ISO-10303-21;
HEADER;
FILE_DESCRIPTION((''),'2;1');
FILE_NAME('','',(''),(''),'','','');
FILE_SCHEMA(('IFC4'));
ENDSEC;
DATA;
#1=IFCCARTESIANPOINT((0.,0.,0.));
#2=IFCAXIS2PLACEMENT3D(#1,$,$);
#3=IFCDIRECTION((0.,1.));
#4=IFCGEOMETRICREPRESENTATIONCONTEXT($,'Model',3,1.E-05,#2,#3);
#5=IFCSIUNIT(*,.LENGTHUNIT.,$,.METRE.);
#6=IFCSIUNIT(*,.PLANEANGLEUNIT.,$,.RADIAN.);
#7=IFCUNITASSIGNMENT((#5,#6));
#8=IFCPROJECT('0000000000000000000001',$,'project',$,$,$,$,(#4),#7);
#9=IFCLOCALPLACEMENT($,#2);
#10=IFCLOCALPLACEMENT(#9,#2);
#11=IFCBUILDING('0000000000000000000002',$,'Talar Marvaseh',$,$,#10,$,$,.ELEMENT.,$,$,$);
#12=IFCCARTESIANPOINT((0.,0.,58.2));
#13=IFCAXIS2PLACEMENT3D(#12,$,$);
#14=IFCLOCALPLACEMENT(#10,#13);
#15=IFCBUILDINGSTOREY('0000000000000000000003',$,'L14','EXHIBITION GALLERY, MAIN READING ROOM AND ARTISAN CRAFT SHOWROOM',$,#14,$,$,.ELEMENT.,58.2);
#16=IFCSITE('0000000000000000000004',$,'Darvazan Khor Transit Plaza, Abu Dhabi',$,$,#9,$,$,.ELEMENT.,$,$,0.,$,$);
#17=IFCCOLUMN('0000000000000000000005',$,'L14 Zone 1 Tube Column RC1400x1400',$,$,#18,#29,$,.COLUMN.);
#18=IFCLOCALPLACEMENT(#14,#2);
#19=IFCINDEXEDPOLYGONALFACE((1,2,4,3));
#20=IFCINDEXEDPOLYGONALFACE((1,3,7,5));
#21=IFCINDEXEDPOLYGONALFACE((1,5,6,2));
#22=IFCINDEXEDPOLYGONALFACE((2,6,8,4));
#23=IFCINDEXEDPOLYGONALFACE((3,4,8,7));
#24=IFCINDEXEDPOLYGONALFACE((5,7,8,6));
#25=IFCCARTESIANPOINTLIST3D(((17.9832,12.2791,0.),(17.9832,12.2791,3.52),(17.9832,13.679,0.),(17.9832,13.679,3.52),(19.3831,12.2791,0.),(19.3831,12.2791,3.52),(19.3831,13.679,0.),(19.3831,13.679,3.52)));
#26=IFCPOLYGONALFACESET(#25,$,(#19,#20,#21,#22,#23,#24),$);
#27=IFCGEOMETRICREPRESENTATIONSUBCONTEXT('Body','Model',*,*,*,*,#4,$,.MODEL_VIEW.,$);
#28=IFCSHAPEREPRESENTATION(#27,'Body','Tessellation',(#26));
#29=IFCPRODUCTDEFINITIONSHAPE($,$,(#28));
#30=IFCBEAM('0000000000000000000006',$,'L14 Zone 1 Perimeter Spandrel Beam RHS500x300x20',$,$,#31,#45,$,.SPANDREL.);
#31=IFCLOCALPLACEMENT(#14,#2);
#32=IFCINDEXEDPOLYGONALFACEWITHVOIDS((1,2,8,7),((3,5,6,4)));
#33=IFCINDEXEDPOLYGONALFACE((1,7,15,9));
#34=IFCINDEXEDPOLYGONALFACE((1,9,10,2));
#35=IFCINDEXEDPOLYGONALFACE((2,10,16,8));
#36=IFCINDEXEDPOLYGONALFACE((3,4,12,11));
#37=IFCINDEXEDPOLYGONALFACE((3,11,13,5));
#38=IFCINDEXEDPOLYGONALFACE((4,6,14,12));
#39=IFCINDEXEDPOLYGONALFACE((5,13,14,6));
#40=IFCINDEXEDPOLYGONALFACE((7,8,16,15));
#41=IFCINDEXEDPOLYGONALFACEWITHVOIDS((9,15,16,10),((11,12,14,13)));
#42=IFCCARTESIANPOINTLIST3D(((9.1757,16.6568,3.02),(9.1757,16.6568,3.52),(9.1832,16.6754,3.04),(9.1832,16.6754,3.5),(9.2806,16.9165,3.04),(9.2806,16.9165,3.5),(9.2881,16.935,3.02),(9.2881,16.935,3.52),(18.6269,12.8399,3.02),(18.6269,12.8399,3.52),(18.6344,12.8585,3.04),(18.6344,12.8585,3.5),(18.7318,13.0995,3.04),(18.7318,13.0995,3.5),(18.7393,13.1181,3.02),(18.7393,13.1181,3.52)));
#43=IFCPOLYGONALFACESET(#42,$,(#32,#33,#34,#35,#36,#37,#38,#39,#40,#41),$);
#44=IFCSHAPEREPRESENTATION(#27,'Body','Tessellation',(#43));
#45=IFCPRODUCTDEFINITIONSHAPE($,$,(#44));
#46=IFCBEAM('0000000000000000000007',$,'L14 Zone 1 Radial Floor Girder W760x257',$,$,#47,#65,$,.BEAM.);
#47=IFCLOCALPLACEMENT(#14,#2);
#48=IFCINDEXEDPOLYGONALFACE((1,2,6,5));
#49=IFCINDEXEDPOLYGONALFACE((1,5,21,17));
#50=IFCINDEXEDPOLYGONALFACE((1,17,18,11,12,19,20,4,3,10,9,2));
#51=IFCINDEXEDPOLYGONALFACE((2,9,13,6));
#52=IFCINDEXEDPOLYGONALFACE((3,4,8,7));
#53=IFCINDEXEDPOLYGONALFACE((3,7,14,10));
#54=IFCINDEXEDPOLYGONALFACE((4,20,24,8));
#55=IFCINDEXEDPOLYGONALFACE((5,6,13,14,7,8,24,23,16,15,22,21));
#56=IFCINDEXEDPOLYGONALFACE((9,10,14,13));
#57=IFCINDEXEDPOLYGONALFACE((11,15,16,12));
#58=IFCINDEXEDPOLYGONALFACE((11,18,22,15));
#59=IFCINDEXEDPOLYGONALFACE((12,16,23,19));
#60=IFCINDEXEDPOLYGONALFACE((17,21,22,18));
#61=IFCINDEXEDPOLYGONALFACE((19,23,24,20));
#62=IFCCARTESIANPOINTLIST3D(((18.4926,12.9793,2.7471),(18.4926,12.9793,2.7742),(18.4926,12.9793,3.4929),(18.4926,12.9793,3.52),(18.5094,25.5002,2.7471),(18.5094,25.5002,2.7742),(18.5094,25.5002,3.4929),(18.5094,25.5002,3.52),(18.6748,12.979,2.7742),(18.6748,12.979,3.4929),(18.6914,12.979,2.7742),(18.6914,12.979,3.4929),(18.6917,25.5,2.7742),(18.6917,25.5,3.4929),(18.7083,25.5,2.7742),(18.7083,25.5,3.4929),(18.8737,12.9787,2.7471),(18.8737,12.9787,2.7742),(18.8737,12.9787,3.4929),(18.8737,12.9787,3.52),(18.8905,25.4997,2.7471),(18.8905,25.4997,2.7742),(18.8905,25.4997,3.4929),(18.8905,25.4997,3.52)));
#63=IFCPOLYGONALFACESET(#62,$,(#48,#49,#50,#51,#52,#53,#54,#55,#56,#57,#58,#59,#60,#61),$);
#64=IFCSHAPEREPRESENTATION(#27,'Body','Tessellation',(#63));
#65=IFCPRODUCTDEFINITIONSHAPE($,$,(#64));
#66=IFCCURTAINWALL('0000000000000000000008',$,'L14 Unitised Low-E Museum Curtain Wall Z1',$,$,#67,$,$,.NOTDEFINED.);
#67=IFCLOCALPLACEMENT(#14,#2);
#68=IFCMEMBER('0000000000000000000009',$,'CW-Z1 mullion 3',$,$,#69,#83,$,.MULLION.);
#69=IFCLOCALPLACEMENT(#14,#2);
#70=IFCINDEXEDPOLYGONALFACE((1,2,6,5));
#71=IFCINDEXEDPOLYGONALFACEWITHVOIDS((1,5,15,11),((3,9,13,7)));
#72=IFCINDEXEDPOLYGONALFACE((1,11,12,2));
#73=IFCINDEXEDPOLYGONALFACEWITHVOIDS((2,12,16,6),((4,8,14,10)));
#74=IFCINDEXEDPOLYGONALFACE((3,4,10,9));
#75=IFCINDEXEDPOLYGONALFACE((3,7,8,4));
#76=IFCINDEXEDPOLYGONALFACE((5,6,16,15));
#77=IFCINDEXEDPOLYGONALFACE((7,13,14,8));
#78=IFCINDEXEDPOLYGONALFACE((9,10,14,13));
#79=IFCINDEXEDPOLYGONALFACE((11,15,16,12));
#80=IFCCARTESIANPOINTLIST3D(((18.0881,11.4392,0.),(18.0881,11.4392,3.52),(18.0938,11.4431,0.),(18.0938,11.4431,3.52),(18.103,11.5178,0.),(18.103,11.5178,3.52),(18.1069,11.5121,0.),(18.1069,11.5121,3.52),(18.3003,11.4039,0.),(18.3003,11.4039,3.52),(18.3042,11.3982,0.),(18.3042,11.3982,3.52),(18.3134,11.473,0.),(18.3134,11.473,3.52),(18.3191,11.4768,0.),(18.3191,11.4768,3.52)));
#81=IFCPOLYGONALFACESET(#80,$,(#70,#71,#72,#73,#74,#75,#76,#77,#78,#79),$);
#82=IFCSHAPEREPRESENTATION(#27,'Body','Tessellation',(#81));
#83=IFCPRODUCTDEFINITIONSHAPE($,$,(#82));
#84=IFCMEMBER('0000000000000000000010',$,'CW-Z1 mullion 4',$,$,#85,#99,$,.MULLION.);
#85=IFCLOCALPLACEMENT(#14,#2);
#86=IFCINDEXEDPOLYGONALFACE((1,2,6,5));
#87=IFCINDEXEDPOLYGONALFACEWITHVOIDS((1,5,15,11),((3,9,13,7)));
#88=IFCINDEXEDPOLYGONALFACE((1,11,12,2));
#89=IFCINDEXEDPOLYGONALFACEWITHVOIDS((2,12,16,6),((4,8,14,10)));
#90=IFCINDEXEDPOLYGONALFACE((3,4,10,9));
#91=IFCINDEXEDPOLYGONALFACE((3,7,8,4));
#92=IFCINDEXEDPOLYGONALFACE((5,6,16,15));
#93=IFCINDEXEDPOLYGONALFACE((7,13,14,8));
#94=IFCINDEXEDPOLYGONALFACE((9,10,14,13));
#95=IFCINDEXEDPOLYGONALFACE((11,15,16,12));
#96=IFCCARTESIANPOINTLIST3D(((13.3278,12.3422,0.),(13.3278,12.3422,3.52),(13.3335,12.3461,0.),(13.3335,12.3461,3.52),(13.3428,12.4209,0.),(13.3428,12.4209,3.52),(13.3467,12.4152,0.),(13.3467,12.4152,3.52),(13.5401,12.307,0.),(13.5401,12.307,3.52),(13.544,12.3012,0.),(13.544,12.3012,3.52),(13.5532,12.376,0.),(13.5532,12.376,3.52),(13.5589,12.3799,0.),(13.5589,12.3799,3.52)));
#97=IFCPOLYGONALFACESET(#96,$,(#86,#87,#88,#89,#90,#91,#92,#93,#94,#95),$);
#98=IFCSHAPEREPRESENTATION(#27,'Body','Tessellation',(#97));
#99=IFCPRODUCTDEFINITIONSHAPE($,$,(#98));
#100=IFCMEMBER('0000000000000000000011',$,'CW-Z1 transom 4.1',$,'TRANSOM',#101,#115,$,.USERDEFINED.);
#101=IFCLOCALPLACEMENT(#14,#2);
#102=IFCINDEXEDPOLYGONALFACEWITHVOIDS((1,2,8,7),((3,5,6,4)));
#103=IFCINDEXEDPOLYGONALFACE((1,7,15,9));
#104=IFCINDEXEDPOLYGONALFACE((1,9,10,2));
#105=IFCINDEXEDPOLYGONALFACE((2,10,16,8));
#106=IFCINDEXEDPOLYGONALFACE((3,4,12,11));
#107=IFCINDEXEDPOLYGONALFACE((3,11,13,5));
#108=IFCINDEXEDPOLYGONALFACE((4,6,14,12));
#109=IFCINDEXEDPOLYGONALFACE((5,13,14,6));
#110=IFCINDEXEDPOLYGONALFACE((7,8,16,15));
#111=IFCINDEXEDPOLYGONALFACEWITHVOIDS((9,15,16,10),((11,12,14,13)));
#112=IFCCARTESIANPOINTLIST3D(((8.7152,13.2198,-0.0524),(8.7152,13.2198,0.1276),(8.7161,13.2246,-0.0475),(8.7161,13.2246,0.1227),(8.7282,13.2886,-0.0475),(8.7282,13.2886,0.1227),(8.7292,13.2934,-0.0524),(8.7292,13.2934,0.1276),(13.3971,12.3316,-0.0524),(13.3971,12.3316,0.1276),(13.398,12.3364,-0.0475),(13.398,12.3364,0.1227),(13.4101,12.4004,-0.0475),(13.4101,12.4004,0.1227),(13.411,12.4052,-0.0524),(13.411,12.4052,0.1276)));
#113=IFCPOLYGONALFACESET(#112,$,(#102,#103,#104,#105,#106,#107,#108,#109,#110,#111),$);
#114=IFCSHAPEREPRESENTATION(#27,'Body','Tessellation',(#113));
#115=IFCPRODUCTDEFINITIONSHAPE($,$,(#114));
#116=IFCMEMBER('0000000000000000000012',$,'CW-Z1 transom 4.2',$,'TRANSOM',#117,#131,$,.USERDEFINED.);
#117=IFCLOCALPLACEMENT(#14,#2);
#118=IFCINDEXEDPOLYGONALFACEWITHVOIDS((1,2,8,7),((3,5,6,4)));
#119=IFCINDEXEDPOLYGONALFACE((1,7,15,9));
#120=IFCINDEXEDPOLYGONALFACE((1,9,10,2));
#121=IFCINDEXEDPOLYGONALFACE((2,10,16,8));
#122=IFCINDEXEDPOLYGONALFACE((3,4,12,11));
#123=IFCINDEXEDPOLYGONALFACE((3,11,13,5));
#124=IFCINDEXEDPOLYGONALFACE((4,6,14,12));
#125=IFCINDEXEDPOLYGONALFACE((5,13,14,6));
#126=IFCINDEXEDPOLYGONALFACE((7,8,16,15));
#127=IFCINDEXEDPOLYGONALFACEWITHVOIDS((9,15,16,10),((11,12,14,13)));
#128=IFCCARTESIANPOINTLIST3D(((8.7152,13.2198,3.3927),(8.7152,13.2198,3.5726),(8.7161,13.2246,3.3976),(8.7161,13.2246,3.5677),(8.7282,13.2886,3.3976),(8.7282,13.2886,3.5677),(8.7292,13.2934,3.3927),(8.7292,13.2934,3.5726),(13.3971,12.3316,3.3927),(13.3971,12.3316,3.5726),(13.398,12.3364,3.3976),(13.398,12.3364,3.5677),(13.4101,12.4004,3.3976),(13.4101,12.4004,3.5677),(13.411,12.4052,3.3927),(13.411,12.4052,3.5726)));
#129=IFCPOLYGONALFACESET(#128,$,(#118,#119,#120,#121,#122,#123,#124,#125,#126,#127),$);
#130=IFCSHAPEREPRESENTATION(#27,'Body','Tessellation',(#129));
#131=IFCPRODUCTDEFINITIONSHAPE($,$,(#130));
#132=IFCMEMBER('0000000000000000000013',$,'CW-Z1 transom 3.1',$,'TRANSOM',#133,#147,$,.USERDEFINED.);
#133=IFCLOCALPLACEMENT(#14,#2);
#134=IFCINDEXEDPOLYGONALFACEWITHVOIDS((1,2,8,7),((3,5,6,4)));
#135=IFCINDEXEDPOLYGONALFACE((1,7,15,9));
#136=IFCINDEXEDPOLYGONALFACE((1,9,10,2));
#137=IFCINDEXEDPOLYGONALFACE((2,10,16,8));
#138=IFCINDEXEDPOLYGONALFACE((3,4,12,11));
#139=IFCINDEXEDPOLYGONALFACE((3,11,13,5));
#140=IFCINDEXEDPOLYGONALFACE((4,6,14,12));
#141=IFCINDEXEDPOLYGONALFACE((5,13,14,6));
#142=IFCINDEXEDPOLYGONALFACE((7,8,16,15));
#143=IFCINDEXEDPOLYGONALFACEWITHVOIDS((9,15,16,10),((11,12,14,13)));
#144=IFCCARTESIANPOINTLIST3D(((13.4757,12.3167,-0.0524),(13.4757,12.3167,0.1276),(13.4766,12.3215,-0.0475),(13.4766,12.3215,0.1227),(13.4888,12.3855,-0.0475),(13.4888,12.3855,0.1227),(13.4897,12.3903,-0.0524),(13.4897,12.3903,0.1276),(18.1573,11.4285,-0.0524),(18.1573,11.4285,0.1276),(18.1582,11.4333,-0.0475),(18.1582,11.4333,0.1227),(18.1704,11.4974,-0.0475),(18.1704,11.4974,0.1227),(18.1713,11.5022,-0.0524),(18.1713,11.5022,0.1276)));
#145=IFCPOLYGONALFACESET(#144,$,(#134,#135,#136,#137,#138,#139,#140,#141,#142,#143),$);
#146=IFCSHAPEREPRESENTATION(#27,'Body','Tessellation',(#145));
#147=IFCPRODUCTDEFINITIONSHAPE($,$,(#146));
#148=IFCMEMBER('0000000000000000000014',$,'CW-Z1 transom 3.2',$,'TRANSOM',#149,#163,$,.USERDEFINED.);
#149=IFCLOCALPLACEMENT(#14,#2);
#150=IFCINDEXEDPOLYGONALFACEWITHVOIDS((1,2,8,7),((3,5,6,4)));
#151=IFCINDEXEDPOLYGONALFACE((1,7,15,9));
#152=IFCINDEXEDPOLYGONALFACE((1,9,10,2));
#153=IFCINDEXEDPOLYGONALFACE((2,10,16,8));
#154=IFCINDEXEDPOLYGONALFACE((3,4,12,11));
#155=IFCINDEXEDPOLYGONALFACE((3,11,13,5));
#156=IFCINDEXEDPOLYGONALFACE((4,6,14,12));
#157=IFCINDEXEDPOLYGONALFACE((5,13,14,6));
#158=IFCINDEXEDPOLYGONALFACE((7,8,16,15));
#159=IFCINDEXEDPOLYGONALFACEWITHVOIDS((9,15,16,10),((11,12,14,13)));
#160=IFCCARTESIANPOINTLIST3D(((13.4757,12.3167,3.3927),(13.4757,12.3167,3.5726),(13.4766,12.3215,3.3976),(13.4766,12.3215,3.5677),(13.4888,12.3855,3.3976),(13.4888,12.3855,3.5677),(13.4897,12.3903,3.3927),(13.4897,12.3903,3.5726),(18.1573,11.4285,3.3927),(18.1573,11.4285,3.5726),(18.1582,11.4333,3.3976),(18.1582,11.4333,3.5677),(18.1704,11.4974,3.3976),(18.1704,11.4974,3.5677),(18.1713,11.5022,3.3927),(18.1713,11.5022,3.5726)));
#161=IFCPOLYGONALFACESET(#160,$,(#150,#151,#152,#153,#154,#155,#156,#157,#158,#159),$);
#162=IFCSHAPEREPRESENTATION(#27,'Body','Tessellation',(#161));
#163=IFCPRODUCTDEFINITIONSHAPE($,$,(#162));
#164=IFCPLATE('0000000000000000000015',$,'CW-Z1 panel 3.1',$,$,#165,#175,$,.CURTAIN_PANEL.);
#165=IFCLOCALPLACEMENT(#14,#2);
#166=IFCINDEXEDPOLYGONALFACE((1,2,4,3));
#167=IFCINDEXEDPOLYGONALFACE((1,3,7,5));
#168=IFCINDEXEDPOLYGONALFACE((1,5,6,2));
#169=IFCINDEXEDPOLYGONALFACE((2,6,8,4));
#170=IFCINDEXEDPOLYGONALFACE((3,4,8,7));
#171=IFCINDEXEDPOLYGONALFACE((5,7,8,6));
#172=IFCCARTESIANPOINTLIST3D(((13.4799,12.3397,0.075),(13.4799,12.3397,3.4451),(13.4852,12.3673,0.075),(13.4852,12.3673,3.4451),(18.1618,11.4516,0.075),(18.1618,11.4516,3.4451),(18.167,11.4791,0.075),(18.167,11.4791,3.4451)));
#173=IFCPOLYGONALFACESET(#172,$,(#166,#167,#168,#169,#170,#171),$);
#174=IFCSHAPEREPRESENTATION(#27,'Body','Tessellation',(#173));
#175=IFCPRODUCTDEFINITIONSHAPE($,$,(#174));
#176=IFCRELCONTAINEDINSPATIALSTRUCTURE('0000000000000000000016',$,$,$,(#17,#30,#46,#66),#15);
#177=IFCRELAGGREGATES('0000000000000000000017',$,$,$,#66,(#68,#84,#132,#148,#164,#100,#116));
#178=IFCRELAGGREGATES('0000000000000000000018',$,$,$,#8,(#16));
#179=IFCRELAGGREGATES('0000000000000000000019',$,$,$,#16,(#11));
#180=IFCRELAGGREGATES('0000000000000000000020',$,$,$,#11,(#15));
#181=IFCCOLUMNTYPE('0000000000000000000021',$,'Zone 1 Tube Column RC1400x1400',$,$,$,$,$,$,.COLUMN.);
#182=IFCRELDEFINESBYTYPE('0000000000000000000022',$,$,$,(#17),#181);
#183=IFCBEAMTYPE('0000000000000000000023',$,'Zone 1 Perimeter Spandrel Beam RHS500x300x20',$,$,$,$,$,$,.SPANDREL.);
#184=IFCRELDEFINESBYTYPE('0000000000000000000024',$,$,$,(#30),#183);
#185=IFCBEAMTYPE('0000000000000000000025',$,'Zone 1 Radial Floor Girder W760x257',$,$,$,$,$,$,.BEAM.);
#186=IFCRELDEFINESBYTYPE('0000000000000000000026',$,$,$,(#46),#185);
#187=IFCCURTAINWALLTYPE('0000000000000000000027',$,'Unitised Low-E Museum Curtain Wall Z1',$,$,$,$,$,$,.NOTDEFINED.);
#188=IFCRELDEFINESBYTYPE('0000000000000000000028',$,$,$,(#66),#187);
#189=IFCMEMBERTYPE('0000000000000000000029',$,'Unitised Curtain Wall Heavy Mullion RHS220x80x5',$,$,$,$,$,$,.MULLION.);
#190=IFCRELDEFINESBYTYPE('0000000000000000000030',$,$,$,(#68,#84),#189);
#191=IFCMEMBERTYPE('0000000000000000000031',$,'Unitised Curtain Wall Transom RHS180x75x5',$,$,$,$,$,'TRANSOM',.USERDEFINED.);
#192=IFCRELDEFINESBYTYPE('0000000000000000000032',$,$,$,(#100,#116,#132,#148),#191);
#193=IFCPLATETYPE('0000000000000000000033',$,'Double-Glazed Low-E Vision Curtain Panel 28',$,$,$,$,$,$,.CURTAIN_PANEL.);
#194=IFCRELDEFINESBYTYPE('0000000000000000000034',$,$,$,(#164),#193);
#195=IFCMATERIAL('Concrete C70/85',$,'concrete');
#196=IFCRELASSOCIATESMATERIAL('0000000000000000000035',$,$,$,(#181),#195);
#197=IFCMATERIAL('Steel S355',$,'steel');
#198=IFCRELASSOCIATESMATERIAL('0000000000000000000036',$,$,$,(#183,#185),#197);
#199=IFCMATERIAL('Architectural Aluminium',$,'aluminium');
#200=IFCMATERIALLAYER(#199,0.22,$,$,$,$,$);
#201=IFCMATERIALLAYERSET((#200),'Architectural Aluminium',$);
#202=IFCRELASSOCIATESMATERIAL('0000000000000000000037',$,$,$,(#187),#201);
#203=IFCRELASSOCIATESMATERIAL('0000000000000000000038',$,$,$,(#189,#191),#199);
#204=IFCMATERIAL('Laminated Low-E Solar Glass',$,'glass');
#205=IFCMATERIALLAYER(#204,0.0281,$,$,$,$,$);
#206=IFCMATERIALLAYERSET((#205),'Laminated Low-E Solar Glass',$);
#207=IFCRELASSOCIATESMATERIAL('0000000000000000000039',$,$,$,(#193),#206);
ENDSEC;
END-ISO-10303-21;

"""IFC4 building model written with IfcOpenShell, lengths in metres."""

from ifc_helpers import new_model, si_unit, direction, frame, origin, origin_2d, place, context, subcontext, project, spatial, rectangle, hollow_rectangle, i_section, extrude, source, transform, mapped, material, layer, layer_set, material_profile, profile_set, type_object, type_shapes, element, aggregate, save


model = new_model("IFC4")

# Units and contexts
model_context = context("Model", 3, precision=1e-05, world=origin(), true_north=direction((0.0, 1.0)))
body_context = subcontext(model_context, "Body", "Model", "MODEL_VIEW")
ifc_project = project(units=[si_unit("LENGTHUNIT", "METRE"), si_unit("PLANEANGLEUNIT", "RADIAN")], contexts=[model_context])

# Site, building, storey
site_placement = place(None, origin())
site = spatial("IfcSite", under=ifc_project, at=site_placement, Name="Darvazan Khor Transit Plaza, Abu Dhabi", CompositionType="ELEMENT", RefElevation=0.0)
building_placement = place(site_placement, origin())
building = spatial("IfcBuilding", under=site, at=building_placement, Name="Talar Marvaseh", CompositionType="ELEMENT")
storey_placement = place(building_placement, frame((0.0, 0.0, 58.2)))
storey = spatial("IfcBuildingStorey", under=building, at=storey_placement, Name="L14", Description="EXHIBITION GALLERY, MAIN READING ROOM AND ARTISAN CRAFT SHOWROOM", CompositionType="ELEMENT", Elevation=58.2)

# Column
ifc_material_1 = material(Name="Concrete C70/85", Category="concrete")
ifc_material_profile_1 = material_profile(ifc_material_1, rectangle(XDim=1.3999, YDim=1.3999, at=origin_2d()), Name="RC1400x1400")
ifc_profile_set_1 = profile_set([ifc_material_profile_1], Name="Concrete C70/85")
column_type = type_object("IfcColumnType", Name="Zone 1 Tube Column RC1400x1400", PredefinedType="COLUMN", material=ifc_profile_set_1)
column_placement = place(storey_placement, frame((18.6831, 12.979, 0.0), z_axis=(0.0, 0.0, 1.0), x_axis=(1.0, 0.0, 0.0)))
element("IfcColumn", 1, at=column_placement, inside=storey, type_object=column_type, Name="L14 Zone 1 Tube Column RC1400x1400", PredefinedType="COLUMN", context=body_context, shape_type="SweptSolid", body=[
    extrude(rectangle(XDim=1.3999, YDim=1.3999, at=origin_2d()), origin(), (0.0, 0.0, 1.0), 3.52),
])

# Beams
ifc_material_2 = material(Name="Steel S355", Category="steel")
ifc_material_profile_2 = material_profile(ifc_material_2, hollow_rectangle(XDim=0.3, YDim=0.5, WallThickness=0.02, at=origin_2d()), Name="RHS500x300x20")
ifc_profile_set_2 = profile_set([ifc_material_profile_2], Name="Steel S355")
beam_type_1 = type_object("IfcBeamType", Name="Zone 1 Perimeter Spandrel Beam RHS500x300x20", PredefinedType="SPANDREL", material=ifc_profile_set_2)
beam_1_placement = place(storey_placement, frame((18.6831, 12.979, 3.27), z_axis=(-0.927239, 0.374469, 0.0), x_axis=(-0.374469, -0.927239, 0.0)))
element("IfcBeam", 2, at=beam_1_placement, inside=storey, type_object=beam_type_1, Name="L14 Zone 1 Perimeter Spandrel Beam RHS500x300x20", PredefinedType="SPANDREL", context=body_context, shape_type="SweptSolid", body=[
    extrude(hollow_rectangle(XDim=0.3, YDim=0.5, WallThickness=0.02, at=origin_2d()), origin(), (0.0, 0.0, 1.0), 10.1929),
])
ifc_material_profile_3 = material_profile(ifc_material_2, i_section(OverallWidth=0.3811, OverallDepth=0.7729, WebThickness=0.0166, FlangeThickness=0.0271, at=origin_2d()), Name="W760x257")
ifc_profile_set_3 = profile_set([ifc_material_profile_3], Name="Steel S355")
beam_type_2 = type_object("IfcBeamType", Name="Zone 1 Radial Floor Girder W760x257", PredefinedType="BEAM", material=ifc_profile_set_3)
beam_2_placement = place(storey_placement, frame((18.6831, 12.979, 3.1335), z_axis=(0.001345, 0.999999, 0.0), x_axis=(-0.999999, 0.001345, 0.0)))
element("IfcBeam", 3, at=beam_2_placement, inside=storey, type_object=beam_type_2, Name="L14 Zone 1 Radial Floor Girder W760x257", PredefinedType="BEAM", context=body_context, shape_type="SweptSolid", body=[
    extrude(i_section(OverallWidth=0.3811, OverallDepth=0.7729, WebThickness=0.0166, FlangeThickness=0.0271, at=origin_2d()), origin(), (0.0, 0.0, 1.0), 12.521),
])

# Curtain wall, members, plate
ifc_material_3 = material(Name="Architectural Aluminium", Category="aluminium")
ifc_layer_1 = layer(ifc_material_3, 0.22)
ifc_layer_set_1 = layer_set([ifc_layer_1], Name="Architectural Aluminium")
curtain_wall_type = type_object("IfcCurtainWallType", Name="Unitised Low-E Museum Curtain Wall Z1", PredefinedType="NOTDEFINED", material=ifc_layer_set_1)
curtain_wall_placement = place(storey_placement, origin())
curtain_wall = element("IfcCurtainWall", 4, at=curtain_wall_placement, inside=storey, type_object=curtain_wall_type, Name="L14 Unitised Low-E Museum Curtain Wall Z1", PredefinedType="NOTDEFINED")
ifc_material_profile_4 = material_profile(ifc_material_3, hollow_rectangle(XDim=0.0801, YDim=0.22, WallThickness=0.0049, at=origin_2d()), Name="RHS220x80x5")
ifc_profile_set_4 = profile_set([ifc_material_profile_4], Name="Architectural Aluminium")
member_type_1 = type_object("IfcMemberType", Name="Unitised Curtain Wall Heavy Mullion RHS220x80x5", PredefinedType="MULLION", material=ifc_profile_set_4)
shared_shape_1 = source(origin(), body_context, "Body", "SweptSolid", [
    extrude(hollow_rectangle(XDim=0.0801, YDim=0.22, WallThickness=0.0049, at=origin_2d()), origin(), (0.0, 0.0, 1.0), 3.52),
])
type_shapes(member_type_1, [shared_shape_1])
member_1_placement = place(storey_placement, frame((18.2036, 11.458, 0.0), z_axis=(0.0, 0.0, 1.0), x_axis=(-0.186373, -0.982479, 0.0)))
member_1 = element("IfcMember", 5, at=member_1_placement, type_object=member_type_1, Name="CW-Z1 mullion 3", PredefinedType="MULLION", context=body_context, shape_type="MappedRepresentation", body=[
    mapped(shared_shape_1, transform((0.0, 0.0, 0.0), x_axis=(1.0, 0.0, 0.0), y_axis=(0.0, 1.0, 0.0), z_axis=(0.0, 0.0, 1.0), scale=1.0)),
])
member_2_placement = place(storey_placement, frame((13.4434, 12.3611, 0.0), z_axis=(0.0, 0.0, 1.0), x_axis=(-0.186373, -0.982479, 0.0)))
member_2 = element("IfcMember", 6, at=member_2_placement, type_object=member_type_1, Name="CW-Z1 mullion 4", PredefinedType="MULLION", context=body_context, shape_type="MappedRepresentation", body=[
    mapped(shared_shape_1, transform((0.0, 0.0, 0.0), x_axis=(1.0, 0.0, 0.0), y_axis=(0.0, 1.0, 0.0), z_axis=(0.0, 0.0, 1.0), scale=1.0)),
])
ifc_material_profile_5 = material_profile(ifc_material_3, hollow_rectangle(XDim=0.075, YDim=0.1799, WallThickness=0.0049, at=origin_2d()), Name="RHS180x75x5")
ifc_profile_set_5 = profile_set([ifc_material_profile_5], Name="Architectural Aluminium")
member_type_2 = type_object("IfcMemberType", Name="Unitised Curtain Wall Transom RHS180x75x5", ElementType="TRANSOM", PredefinedType="USERDEFINED", material=ifc_profile_set_5)
shared_shape_2 = source(origin(), body_context, "Body", "SweptSolid", [
    extrude(hollow_rectangle(XDim=0.075, YDim=0.1799, WallThickness=0.0049, at=origin_2d()), origin(), (0.0, 0.0, 1.0), 4.7654),
])
member_3_placement = place(storey_placement, frame((13.4041, 12.3684, 0.0376), z_axis=(-0.982477, 0.186382, 0.0), x_axis=(-0.186382, -0.982477, 0.0)))
member_3 = element("IfcMember", 7, at=member_3_placement, type_object=member_type_2, Name="CW-Z1 transom 4.1", ObjectType="TRANSOM", PredefinedType="USERDEFINED", context=body_context, shape_type="MappedRepresentation", body=[
    mapped(shared_shape_2, transform((0.0, 0.0, 0.0), x_axis=(1.0, 0.0, 0.0), y_axis=(0.0, 1.0, 0.0), z_axis=(0.0, 0.0, 1.0), scale=1.0)),
])
member_4_placement = place(storey_placement, frame((13.4041, 12.3684, 3.4827), z_axis=(-0.982477, 0.186382, 0.0), x_axis=(-0.186382, -0.982477, 0.0)))
member_4 = element("IfcMember", 8, at=member_4_placement, type_object=member_type_2, Name="CW-Z1 transom 4.2", ObjectType="TRANSOM", PredefinedType="USERDEFINED", context=body_context, shape_type="MappedRepresentation", body=[
    mapped(shared_shape_2, transform((0.0, 0.0, 0.0), x_axis=(1.0, 0.0, 0.0), y_axis=(0.0, 1.0, 0.0), z_axis=(0.0, 0.0, 1.0), scale=1.0)),
])
shared_shape_3 = source(origin(), body_context, "Body", "SweptSolid", [
    extrude(hollow_rectangle(XDim=0.075, YDim=0.1799, WallThickness=0.0049, at=origin_2d()), origin(), (0.0, 0.0, 1.0), 4.7651),
])
type_shapes(member_type_2, [shared_shape_2, shared_shape_3])
member_5_placement = place(storey_placement, frame((18.1643, 11.4653, 0.0376), z_axis=(-0.982476, 0.186392, 0.0), x_axis=(-0.186392, -0.982476, 0.0)))
member_5 = element("IfcMember", 9, at=member_5_placement, type_object=member_type_2, Name="CW-Z1 transom 3.1", ObjectType="TRANSOM", PredefinedType="USERDEFINED", context=body_context, shape_type="MappedRepresentation", body=[
    mapped(shared_shape_3, transform((0.0, 0.0, 0.0), x_axis=(1.0, 0.0, 0.0), y_axis=(0.0, 1.0, 0.0), z_axis=(0.0, 0.0, 1.0), scale=1.0)),
])
member_6_placement = place(storey_placement, frame((18.1643, 11.4653, 3.4827), z_axis=(-0.982476, 0.186392, 0.0), x_axis=(-0.186392, -0.982476, 0.0)))
member_6 = element("IfcMember", 10, at=member_6_placement, type_object=member_type_2, Name="CW-Z1 transom 3.2", ObjectType="TRANSOM", PredefinedType="USERDEFINED", context=body_context, shape_type="MappedRepresentation", body=[
    mapped(shared_shape_3, transform((0.0, 0.0, 0.0), x_axis=(1.0, 0.0, 0.0), y_axis=(0.0, 1.0, 0.0), z_axis=(0.0, 0.0, 1.0), scale=1.0)),
])
ifc_material_4 = material(Name="Laminated Low-E Solar Glass", Category="glass")
ifc_layer_2 = layer(ifc_material_4, 0.0281)
ifc_layer_set_2 = layer_set([ifc_layer_2], Name="Laminated Low-E Solar Glass")
plate_type = type_object("IfcPlateType", Name="Double-Glazed Low-E Vision Curtain Panel 28", PredefinedType="CURTAIN_PANEL", material=ifc_layer_set_2)
shared_shape_4 = source(origin(), body_context, "Body", "SweptSolid", [
    extrude(rectangle(XDim=4.7654, YDim=0.0281, at=origin_2d()), origin(), (0.0, 0.0, 1.0), 3.3701),
])
type_shapes(plate_type, [shared_shape_4])
plate_placement = place(storey_placement, frame((15.8235, 11.9094, 0.075), z_axis=(0.0, 0.0, 1.0), x_axis=(-0.982479, 0.186373, 0.0)))
plate = element("IfcPlate", 11, at=plate_placement, type_object=plate_type, Name="CW-Z1 panel 3.1", PredefinedType="CURTAIN_PANEL", context=body_context, shape_type="MappedRepresentation", body=[
    mapped(shared_shape_4, transform((0.0, 0.0, 0.0), x_axis=(1.0, 0.0, 0.0), y_axis=(0.0, 1.0, 0.0), z_axis=(0.0, 0.0, 1.0), scale=1.0)),
])
aggregate(curtain_wall, [member_1, member_2, member_5, member_6, plate, member_3, member_4])

save(model, "model.ifc")
